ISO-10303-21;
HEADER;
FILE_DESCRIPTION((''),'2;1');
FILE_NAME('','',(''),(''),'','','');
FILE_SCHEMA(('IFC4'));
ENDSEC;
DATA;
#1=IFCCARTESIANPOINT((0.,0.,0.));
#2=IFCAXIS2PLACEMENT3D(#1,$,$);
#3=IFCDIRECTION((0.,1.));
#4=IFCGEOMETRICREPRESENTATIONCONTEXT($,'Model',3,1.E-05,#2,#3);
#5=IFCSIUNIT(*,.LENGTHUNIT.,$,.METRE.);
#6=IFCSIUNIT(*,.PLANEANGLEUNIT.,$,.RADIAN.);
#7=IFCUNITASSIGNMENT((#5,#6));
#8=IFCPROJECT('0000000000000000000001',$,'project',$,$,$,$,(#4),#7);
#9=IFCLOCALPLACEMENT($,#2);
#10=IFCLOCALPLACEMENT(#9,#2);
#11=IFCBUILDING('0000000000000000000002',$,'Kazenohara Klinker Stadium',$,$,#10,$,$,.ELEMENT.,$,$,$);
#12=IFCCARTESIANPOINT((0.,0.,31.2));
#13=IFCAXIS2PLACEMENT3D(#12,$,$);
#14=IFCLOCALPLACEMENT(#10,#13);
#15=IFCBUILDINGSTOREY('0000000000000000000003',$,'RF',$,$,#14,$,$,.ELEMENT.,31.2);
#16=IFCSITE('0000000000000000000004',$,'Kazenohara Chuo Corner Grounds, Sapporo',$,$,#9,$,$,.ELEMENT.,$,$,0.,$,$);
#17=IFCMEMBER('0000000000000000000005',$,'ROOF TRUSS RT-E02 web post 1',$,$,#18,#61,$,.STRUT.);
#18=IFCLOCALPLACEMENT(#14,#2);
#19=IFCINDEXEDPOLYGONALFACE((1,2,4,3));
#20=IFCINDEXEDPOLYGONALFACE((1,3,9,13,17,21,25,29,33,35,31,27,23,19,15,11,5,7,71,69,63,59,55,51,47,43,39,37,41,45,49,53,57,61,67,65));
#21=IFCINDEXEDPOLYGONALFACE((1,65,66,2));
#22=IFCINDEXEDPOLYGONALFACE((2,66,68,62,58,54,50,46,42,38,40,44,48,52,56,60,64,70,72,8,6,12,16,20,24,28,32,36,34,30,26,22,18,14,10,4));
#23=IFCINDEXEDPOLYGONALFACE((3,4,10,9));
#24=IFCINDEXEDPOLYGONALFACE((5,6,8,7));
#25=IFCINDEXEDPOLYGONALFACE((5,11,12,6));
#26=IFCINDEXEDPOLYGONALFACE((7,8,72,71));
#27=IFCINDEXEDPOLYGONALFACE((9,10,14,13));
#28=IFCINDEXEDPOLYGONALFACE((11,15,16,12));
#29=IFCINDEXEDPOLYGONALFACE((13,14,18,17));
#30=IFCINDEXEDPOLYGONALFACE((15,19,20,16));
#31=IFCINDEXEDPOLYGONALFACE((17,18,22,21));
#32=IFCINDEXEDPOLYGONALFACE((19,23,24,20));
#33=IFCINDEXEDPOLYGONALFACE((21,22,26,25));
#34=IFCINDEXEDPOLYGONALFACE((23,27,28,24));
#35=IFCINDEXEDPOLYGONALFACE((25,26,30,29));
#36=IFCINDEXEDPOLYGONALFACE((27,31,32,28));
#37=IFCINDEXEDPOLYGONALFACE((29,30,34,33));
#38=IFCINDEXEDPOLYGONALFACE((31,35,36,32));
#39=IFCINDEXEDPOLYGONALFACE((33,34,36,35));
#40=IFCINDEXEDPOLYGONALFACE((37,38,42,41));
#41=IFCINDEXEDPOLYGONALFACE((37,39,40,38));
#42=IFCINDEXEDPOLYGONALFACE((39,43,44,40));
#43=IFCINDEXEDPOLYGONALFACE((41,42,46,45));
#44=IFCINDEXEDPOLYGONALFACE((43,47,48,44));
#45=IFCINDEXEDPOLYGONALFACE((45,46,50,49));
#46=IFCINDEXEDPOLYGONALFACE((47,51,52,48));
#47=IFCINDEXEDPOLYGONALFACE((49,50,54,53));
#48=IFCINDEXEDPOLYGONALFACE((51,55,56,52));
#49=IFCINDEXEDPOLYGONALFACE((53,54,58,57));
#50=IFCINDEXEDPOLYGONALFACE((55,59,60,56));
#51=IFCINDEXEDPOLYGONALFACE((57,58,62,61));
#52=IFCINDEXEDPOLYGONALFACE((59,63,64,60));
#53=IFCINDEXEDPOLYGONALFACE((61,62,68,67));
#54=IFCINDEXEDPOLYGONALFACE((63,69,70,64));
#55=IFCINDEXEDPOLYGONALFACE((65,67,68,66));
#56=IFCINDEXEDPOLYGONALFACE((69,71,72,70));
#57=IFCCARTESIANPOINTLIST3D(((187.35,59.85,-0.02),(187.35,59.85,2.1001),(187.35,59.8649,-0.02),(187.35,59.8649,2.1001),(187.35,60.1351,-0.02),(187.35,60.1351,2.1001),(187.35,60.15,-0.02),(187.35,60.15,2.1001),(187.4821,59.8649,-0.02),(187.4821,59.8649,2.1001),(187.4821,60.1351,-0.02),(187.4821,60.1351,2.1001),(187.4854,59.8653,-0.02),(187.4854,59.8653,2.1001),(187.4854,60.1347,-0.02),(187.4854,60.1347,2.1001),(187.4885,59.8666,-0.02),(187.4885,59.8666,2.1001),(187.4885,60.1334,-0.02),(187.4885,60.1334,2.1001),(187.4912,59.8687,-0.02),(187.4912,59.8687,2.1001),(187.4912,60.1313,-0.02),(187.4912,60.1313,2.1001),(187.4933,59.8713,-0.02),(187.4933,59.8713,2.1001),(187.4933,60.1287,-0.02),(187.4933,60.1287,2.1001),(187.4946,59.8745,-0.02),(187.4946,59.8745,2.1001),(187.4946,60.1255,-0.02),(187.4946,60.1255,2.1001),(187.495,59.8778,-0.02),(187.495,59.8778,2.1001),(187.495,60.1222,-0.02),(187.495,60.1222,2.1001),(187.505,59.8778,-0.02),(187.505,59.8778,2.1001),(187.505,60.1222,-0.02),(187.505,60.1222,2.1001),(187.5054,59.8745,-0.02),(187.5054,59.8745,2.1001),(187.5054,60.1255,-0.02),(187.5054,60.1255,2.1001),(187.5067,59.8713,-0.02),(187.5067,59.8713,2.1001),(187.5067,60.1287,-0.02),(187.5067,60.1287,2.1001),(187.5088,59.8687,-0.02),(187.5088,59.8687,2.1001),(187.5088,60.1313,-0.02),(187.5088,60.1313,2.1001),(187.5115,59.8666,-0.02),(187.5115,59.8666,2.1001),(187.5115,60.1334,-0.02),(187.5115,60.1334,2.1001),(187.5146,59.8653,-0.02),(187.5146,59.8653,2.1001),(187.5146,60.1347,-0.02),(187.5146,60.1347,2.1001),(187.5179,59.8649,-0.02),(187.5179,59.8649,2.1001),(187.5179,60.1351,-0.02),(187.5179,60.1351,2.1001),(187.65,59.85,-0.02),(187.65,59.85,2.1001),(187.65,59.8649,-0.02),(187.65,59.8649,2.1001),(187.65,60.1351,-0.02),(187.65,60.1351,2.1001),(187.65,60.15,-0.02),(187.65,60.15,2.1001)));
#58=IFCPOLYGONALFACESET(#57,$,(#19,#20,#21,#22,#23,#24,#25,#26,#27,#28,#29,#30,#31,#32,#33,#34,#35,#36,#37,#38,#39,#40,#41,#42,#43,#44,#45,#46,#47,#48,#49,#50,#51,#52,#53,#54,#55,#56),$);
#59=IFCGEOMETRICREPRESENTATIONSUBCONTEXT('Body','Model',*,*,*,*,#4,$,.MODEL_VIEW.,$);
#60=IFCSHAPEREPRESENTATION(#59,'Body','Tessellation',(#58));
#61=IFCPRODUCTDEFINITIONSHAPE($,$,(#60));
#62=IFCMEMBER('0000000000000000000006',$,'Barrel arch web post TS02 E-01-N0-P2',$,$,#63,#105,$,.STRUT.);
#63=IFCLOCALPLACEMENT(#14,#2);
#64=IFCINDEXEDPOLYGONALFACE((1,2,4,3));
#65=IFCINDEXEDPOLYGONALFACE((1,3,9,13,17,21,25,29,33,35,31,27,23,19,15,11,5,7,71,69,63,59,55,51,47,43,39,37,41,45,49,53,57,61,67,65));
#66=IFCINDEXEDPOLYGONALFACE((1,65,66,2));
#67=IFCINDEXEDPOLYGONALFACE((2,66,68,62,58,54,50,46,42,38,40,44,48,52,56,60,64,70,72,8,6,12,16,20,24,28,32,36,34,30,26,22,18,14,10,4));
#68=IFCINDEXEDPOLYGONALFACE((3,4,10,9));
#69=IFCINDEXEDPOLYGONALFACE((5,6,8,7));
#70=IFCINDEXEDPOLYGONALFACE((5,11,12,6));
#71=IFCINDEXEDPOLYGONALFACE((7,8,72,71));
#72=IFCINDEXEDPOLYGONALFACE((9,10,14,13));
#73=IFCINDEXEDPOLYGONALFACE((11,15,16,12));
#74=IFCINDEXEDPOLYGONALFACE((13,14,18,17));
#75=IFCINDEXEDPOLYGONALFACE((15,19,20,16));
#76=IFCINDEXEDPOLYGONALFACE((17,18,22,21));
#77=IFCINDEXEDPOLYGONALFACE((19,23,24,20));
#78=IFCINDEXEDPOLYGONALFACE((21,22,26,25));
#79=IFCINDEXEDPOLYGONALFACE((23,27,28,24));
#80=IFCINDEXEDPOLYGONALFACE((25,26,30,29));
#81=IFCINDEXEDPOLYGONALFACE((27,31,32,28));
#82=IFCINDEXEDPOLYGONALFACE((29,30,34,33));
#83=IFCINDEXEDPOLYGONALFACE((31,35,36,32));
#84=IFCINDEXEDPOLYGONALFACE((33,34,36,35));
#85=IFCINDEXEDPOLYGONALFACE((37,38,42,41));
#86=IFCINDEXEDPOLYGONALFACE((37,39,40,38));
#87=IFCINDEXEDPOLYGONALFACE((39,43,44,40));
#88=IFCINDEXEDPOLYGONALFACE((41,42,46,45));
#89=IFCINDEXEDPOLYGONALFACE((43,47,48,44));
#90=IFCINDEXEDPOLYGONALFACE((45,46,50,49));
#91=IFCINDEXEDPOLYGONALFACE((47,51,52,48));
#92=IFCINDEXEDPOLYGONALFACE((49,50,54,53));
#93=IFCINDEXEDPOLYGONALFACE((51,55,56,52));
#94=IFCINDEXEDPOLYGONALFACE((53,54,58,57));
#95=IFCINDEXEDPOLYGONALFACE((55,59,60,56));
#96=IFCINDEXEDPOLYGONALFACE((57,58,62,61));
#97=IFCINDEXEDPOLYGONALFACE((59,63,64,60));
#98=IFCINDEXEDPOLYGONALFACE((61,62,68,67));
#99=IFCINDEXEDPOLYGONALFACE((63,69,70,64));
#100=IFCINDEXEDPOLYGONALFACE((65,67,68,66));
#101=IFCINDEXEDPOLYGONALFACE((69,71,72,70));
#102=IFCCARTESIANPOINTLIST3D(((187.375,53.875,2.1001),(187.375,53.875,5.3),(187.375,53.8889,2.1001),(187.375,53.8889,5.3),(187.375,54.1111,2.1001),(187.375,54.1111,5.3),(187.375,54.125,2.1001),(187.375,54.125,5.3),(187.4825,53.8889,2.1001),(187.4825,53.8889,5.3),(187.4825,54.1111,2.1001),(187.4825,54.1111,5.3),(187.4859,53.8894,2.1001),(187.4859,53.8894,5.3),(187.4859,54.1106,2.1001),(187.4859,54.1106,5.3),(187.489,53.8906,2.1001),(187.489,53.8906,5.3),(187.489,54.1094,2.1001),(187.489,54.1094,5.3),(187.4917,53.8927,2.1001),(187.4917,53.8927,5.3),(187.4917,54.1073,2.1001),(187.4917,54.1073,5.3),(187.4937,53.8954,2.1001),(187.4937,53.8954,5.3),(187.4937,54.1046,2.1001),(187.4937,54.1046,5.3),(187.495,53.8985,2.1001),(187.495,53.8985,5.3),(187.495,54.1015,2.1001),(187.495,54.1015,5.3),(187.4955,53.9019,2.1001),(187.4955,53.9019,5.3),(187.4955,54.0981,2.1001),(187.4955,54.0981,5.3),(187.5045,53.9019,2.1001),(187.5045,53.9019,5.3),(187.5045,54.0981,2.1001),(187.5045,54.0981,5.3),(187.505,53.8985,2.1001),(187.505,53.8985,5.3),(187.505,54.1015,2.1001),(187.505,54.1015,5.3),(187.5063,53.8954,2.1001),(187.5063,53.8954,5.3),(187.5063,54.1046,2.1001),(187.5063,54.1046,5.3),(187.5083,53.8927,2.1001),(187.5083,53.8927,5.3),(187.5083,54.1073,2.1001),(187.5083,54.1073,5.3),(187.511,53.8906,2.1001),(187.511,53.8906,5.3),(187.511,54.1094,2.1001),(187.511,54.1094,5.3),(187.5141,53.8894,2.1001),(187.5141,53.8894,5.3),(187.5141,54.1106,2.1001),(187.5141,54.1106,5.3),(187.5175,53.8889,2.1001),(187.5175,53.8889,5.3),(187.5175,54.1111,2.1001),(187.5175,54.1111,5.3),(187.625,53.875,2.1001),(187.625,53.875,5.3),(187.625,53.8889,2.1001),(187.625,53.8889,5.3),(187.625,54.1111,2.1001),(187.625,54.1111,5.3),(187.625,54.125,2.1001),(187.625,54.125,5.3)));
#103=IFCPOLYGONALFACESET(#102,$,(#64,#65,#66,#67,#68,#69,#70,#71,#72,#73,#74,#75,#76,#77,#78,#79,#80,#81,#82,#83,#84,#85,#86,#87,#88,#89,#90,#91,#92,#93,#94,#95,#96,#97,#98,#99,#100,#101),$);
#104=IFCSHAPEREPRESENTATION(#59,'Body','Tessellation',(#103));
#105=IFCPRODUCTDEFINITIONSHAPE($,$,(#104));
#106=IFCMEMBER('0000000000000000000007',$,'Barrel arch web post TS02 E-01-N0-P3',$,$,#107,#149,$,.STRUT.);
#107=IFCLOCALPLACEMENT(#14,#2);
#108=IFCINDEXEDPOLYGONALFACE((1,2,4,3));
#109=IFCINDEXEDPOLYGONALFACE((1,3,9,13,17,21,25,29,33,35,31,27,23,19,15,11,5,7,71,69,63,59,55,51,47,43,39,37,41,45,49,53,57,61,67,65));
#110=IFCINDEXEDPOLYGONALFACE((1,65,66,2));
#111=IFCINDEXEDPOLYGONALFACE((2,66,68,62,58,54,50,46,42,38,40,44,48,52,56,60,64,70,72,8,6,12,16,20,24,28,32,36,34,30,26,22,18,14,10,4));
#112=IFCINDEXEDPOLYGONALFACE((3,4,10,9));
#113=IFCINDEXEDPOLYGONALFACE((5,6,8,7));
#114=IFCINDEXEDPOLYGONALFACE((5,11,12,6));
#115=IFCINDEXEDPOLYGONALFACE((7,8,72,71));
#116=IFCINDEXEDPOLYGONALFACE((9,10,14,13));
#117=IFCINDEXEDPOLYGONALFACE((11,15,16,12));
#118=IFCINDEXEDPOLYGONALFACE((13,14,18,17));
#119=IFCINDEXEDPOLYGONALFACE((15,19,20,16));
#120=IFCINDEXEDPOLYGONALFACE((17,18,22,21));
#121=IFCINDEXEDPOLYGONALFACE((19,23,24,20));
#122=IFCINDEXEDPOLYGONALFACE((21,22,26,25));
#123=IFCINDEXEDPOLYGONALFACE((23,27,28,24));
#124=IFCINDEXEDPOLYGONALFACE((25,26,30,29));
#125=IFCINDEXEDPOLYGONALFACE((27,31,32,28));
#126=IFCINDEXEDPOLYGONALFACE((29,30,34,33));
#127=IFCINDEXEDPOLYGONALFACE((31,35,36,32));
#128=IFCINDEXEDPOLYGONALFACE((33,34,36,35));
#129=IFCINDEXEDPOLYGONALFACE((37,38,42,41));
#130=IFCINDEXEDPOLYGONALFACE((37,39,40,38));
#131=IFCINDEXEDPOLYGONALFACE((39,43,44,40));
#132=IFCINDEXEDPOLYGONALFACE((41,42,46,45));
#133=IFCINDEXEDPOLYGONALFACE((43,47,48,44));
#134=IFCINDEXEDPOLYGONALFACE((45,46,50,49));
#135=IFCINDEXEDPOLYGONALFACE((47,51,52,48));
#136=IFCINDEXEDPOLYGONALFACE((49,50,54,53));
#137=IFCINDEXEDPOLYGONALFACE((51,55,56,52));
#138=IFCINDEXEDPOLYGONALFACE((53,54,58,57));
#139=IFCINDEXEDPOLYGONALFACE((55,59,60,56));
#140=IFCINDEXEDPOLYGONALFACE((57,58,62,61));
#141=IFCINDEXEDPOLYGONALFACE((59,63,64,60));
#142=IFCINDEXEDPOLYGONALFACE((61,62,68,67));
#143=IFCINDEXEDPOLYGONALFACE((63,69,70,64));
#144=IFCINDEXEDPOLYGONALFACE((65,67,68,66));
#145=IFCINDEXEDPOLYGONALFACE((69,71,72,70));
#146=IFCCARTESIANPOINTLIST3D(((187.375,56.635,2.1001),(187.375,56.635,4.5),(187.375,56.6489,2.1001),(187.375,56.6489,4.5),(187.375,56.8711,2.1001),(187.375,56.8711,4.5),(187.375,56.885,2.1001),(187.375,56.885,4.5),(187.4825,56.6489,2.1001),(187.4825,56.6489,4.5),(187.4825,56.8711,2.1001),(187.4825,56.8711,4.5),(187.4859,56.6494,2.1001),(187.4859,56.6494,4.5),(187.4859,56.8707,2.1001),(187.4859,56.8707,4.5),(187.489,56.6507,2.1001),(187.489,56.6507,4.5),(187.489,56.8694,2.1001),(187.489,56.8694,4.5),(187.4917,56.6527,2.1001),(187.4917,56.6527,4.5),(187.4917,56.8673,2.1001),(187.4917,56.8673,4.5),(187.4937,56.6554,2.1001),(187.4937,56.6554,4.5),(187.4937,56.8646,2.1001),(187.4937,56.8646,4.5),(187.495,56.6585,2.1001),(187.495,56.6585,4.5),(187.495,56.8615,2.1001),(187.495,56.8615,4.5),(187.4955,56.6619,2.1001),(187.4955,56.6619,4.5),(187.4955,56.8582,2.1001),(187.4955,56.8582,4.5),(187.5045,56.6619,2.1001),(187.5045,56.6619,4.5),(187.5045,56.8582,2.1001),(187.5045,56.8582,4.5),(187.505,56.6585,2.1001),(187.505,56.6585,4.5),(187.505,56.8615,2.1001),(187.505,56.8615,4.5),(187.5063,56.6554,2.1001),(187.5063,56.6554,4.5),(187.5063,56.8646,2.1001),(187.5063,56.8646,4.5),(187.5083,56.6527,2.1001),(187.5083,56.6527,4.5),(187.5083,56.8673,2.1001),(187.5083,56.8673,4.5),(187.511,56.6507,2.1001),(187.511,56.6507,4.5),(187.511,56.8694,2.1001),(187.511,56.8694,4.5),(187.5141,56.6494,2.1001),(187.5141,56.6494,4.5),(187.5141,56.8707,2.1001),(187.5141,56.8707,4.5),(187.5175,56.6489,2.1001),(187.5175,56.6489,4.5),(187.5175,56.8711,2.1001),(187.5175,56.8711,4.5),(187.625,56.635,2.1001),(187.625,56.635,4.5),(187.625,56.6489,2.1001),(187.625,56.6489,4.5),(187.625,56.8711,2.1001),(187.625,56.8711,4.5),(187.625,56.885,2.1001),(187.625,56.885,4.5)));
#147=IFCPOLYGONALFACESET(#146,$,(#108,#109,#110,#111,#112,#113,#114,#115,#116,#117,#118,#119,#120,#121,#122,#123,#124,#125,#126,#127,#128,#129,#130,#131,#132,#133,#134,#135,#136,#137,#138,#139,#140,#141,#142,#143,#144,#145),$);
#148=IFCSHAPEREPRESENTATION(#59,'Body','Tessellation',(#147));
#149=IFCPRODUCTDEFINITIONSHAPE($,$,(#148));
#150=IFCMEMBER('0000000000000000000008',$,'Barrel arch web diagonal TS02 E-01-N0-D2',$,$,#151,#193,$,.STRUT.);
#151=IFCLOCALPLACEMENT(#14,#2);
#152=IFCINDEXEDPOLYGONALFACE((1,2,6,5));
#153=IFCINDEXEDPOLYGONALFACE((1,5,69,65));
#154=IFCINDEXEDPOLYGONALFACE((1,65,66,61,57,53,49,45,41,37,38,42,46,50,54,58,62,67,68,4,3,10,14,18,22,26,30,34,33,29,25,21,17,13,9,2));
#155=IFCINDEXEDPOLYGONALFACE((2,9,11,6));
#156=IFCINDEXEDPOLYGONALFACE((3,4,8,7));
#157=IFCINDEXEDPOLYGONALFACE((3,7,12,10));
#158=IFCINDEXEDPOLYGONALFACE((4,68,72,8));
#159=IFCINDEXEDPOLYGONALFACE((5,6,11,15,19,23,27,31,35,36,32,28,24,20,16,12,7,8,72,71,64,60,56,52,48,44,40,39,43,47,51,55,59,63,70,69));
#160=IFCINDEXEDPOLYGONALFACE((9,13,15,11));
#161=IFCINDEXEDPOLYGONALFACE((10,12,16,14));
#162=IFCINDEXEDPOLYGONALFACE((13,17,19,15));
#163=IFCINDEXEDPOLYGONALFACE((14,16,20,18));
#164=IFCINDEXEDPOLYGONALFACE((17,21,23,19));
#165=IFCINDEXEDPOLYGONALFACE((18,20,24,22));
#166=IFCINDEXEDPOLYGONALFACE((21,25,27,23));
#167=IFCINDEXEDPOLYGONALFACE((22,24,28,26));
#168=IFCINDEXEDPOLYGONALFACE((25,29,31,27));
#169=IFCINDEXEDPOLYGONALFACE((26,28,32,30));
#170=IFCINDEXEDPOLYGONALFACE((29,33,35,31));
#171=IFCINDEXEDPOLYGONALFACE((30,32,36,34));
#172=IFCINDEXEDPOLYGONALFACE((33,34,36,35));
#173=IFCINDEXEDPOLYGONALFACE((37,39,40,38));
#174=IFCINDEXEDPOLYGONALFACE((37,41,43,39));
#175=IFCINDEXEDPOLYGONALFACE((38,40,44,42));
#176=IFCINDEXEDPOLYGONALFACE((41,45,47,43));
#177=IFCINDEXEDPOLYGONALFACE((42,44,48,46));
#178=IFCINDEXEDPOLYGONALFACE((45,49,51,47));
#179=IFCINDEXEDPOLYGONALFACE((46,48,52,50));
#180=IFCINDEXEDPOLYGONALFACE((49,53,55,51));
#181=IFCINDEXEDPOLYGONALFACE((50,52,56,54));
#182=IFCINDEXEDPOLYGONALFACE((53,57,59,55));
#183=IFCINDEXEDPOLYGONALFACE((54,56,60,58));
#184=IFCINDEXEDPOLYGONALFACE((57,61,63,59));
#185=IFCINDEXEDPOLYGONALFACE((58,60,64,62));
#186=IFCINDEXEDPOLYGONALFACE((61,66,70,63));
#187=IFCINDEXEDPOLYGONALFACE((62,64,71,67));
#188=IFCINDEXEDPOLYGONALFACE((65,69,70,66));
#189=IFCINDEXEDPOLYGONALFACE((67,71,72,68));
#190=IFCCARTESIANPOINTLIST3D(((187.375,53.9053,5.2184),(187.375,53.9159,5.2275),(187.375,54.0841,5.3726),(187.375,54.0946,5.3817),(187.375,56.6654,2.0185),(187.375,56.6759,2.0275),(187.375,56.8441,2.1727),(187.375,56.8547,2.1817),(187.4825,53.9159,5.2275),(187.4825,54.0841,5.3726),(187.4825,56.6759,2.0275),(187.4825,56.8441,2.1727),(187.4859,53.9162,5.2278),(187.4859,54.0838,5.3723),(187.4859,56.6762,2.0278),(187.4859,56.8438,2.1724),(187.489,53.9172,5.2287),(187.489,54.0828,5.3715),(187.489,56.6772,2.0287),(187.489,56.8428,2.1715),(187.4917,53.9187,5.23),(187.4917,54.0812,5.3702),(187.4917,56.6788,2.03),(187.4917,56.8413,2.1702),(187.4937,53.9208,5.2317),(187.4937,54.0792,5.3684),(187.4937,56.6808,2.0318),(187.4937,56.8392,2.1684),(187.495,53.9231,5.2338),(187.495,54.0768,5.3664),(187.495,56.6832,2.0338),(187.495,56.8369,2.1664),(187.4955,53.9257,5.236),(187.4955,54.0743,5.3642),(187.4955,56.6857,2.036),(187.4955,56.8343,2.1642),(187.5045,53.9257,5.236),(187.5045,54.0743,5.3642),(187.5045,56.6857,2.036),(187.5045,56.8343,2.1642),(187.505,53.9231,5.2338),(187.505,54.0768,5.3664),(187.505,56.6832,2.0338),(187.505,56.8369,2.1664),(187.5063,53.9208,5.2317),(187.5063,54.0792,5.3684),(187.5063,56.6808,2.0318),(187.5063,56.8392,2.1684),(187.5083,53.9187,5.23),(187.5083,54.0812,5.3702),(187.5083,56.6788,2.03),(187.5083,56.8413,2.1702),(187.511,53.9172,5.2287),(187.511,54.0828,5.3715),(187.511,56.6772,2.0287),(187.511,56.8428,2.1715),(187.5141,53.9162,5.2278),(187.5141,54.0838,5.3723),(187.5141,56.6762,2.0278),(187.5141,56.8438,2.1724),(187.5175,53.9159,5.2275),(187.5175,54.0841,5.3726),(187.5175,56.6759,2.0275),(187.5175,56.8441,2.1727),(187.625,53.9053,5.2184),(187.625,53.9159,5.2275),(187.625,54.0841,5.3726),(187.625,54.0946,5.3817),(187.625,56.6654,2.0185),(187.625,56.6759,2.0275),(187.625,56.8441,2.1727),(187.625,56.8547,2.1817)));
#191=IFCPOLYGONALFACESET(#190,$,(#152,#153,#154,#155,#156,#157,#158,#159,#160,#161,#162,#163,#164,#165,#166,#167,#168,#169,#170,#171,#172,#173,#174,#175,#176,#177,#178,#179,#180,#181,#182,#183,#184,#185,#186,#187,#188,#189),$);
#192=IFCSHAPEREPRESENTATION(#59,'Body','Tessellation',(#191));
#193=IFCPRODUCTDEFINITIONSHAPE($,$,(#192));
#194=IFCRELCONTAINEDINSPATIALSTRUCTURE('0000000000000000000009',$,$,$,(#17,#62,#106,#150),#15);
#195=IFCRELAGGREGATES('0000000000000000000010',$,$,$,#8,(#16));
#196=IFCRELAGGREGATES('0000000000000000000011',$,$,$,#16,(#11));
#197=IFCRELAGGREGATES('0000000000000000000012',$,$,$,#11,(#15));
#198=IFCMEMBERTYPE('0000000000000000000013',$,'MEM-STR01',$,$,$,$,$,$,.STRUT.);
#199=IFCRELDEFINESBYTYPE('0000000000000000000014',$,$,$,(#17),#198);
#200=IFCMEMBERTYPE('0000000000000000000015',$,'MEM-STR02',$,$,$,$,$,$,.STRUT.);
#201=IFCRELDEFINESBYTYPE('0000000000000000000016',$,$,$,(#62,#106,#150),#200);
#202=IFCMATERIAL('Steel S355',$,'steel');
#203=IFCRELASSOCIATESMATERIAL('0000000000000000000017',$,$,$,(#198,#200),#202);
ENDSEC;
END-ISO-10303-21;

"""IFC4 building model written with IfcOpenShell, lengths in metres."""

from ifc_helpers import new_model, si_unit, direction, frame, origin, origin_2d, place, context, subcontext, project, spatial, i_section, extrude, material, material_profile, profile_set, type_object, element, save


model = new_model("IFC4")

# Units and contexts
model_context = context("Model", 3, precision=1e-05, world=origin(), true_north=direction((0.0, 1.0)))
body_context = subcontext(model_context, "Body", "Model", "MODEL_VIEW")
ifc_project = project(units=[si_unit("LENGTHUNIT", "METRE"), si_unit("PLANEANGLEUNIT", "RADIAN")], contexts=[model_context])

# Site, building, storey
site_placement = place(None, origin())
site = spatial("IfcSite", under=ifc_project, at=site_placement, Name="Kazenohara Chuo Corner Grounds, Sapporo", CompositionType="ELEMENT", RefElevation=0.0)
building_placement = place(site_placement, origin())
building = spatial("IfcBuilding", under=site, at=building_placement, Name="Kazenohara Klinker Stadium", CompositionType="ELEMENT")
storey_placement = place(building_placement, frame((0.0, 0.0, 31.2)))
storey = spatial("IfcBuildingStorey", under=building, at=storey_placement, Name="RF", CompositionType="ELEMENT", Elevation=31.2)

# Members
ifc_material_1 = material(Name="Steel S355", Category="steel")
ifc_material_profile_1 = material_profile(ifc_material_1, i_section(OverallWidth=0.3, OverallDepth=0.3, WebThickness=0.01, FlangeThickness=0.0149, FilletRadius=0.0129, at=origin_2d()), Name="H-300x300x10x15")
ifc_profile_set_1 = profile_set([ifc_material_profile_1], Name="Steel S355")
member_type_1 = type_object("IfcMemberType", Name="MEM-STR01", PredefinedType="STRUT", material=ifc_profile_set_1)
member_1_placement = place(storey_placement, frame((187.5, 60.0, -0.02), z_axis=(0.0, 0.0, 1.0), x_axis=(1.0, 0.0, 0.0)))
element("IfcMember", 1, at=member_1_placement, inside=storey, type_object=member_type_1, Name="ROOF TRUSS RT-E02 web post 1", PredefinedType="STRUT", context=body_context, shape_type="SweptSolid", body=[
    extrude(i_section(OverallWidth=0.3, OverallDepth=0.3, WebThickness=0.01, FlangeThickness=0.0149, FilletRadius=0.0129, at=origin_2d()), origin(), (0.0, 0.0, 1.0), 2.1201),
])
ifc_material_profile_2 = material_profile(ifc_material_1, i_section(OverallWidth=0.25, OverallDepth=0.25, WebThickness=0.009, FlangeThickness=0.0139, FilletRadius=0.0129, at=origin_2d()), Name="H-250x250x9x14")
ifc_profile_set_2 = profile_set([ifc_material_profile_2], Name="Steel S355")
member_type_2 = type_object("IfcMemberType", Name="MEM-STR02", PredefinedType="STRUT", material=ifc_profile_set_2)
member_2_placement = place(storey_placement, frame((187.5, 54.0, 2.1001), z_axis=(0.0, 0.0, 1.0), x_axis=(1.0, 0.0, 0.0)))
element("IfcMember", 2, at=member_2_placement, inside=storey, type_object=member_type_2, Name="Barrel arch web post TS02 E-01-N0-P2", PredefinedType="STRUT", context=body_context, shape_type="SweptSolid", body=[
    extrude(i_section(OverallWidth=0.25, OverallDepth=0.25, WebThickness=0.009, FlangeThickness=0.0139, FilletRadius=0.0129, at=origin_2d()), origin(), (0.0, 0.0, 1.0), 3.2),
])
member_3_placement = place(storey_placement, frame((187.5, 56.76, 2.1001), z_axis=(0.0, 0.0, 1.0), x_axis=(1.0, 0.0, 0.0)))
element("IfcMember", 3, at=member_3_placement, inside=storey, type_object=member_type_2, Name="Barrel arch web post TS02 E-01-N0-P3", PredefinedType="STRUT", context=body_context, shape_type="SweptSolid", body=[
    extrude(i_section(OverallWidth=0.25, OverallDepth=0.25, WebThickness=0.009, FlangeThickness=0.0139, FilletRadius=0.0129, at=origin_2d()), origin(), (0.0, 0.0, 1.0), 2.3999),
])
member_4_placement = place(storey_placement, frame((187.5, 56.76, 2.1001), z_axis=(0.0, -0.653134, 0.757242), x_axis=(1.0, 0.0, 0.0)))
element("IfcMember", 4, at=member_4_placement, inside=storey, type_object=member_type_2, Name="Barrel arch web diagonal TS02 E-01-N0-D2", PredefinedType="STRUT", context=body_context, shape_type="SweptSolid", body=[
    extrude(i_section(OverallWidth=0.25, OverallDepth=0.25, WebThickness=0.009, FlangeThickness=0.0139, FilletRadius=0.0129, at=origin_2d()), origin(), (0.0, 0.0, 1.0), 4.2258),
])

save(model, "model.ifc")
